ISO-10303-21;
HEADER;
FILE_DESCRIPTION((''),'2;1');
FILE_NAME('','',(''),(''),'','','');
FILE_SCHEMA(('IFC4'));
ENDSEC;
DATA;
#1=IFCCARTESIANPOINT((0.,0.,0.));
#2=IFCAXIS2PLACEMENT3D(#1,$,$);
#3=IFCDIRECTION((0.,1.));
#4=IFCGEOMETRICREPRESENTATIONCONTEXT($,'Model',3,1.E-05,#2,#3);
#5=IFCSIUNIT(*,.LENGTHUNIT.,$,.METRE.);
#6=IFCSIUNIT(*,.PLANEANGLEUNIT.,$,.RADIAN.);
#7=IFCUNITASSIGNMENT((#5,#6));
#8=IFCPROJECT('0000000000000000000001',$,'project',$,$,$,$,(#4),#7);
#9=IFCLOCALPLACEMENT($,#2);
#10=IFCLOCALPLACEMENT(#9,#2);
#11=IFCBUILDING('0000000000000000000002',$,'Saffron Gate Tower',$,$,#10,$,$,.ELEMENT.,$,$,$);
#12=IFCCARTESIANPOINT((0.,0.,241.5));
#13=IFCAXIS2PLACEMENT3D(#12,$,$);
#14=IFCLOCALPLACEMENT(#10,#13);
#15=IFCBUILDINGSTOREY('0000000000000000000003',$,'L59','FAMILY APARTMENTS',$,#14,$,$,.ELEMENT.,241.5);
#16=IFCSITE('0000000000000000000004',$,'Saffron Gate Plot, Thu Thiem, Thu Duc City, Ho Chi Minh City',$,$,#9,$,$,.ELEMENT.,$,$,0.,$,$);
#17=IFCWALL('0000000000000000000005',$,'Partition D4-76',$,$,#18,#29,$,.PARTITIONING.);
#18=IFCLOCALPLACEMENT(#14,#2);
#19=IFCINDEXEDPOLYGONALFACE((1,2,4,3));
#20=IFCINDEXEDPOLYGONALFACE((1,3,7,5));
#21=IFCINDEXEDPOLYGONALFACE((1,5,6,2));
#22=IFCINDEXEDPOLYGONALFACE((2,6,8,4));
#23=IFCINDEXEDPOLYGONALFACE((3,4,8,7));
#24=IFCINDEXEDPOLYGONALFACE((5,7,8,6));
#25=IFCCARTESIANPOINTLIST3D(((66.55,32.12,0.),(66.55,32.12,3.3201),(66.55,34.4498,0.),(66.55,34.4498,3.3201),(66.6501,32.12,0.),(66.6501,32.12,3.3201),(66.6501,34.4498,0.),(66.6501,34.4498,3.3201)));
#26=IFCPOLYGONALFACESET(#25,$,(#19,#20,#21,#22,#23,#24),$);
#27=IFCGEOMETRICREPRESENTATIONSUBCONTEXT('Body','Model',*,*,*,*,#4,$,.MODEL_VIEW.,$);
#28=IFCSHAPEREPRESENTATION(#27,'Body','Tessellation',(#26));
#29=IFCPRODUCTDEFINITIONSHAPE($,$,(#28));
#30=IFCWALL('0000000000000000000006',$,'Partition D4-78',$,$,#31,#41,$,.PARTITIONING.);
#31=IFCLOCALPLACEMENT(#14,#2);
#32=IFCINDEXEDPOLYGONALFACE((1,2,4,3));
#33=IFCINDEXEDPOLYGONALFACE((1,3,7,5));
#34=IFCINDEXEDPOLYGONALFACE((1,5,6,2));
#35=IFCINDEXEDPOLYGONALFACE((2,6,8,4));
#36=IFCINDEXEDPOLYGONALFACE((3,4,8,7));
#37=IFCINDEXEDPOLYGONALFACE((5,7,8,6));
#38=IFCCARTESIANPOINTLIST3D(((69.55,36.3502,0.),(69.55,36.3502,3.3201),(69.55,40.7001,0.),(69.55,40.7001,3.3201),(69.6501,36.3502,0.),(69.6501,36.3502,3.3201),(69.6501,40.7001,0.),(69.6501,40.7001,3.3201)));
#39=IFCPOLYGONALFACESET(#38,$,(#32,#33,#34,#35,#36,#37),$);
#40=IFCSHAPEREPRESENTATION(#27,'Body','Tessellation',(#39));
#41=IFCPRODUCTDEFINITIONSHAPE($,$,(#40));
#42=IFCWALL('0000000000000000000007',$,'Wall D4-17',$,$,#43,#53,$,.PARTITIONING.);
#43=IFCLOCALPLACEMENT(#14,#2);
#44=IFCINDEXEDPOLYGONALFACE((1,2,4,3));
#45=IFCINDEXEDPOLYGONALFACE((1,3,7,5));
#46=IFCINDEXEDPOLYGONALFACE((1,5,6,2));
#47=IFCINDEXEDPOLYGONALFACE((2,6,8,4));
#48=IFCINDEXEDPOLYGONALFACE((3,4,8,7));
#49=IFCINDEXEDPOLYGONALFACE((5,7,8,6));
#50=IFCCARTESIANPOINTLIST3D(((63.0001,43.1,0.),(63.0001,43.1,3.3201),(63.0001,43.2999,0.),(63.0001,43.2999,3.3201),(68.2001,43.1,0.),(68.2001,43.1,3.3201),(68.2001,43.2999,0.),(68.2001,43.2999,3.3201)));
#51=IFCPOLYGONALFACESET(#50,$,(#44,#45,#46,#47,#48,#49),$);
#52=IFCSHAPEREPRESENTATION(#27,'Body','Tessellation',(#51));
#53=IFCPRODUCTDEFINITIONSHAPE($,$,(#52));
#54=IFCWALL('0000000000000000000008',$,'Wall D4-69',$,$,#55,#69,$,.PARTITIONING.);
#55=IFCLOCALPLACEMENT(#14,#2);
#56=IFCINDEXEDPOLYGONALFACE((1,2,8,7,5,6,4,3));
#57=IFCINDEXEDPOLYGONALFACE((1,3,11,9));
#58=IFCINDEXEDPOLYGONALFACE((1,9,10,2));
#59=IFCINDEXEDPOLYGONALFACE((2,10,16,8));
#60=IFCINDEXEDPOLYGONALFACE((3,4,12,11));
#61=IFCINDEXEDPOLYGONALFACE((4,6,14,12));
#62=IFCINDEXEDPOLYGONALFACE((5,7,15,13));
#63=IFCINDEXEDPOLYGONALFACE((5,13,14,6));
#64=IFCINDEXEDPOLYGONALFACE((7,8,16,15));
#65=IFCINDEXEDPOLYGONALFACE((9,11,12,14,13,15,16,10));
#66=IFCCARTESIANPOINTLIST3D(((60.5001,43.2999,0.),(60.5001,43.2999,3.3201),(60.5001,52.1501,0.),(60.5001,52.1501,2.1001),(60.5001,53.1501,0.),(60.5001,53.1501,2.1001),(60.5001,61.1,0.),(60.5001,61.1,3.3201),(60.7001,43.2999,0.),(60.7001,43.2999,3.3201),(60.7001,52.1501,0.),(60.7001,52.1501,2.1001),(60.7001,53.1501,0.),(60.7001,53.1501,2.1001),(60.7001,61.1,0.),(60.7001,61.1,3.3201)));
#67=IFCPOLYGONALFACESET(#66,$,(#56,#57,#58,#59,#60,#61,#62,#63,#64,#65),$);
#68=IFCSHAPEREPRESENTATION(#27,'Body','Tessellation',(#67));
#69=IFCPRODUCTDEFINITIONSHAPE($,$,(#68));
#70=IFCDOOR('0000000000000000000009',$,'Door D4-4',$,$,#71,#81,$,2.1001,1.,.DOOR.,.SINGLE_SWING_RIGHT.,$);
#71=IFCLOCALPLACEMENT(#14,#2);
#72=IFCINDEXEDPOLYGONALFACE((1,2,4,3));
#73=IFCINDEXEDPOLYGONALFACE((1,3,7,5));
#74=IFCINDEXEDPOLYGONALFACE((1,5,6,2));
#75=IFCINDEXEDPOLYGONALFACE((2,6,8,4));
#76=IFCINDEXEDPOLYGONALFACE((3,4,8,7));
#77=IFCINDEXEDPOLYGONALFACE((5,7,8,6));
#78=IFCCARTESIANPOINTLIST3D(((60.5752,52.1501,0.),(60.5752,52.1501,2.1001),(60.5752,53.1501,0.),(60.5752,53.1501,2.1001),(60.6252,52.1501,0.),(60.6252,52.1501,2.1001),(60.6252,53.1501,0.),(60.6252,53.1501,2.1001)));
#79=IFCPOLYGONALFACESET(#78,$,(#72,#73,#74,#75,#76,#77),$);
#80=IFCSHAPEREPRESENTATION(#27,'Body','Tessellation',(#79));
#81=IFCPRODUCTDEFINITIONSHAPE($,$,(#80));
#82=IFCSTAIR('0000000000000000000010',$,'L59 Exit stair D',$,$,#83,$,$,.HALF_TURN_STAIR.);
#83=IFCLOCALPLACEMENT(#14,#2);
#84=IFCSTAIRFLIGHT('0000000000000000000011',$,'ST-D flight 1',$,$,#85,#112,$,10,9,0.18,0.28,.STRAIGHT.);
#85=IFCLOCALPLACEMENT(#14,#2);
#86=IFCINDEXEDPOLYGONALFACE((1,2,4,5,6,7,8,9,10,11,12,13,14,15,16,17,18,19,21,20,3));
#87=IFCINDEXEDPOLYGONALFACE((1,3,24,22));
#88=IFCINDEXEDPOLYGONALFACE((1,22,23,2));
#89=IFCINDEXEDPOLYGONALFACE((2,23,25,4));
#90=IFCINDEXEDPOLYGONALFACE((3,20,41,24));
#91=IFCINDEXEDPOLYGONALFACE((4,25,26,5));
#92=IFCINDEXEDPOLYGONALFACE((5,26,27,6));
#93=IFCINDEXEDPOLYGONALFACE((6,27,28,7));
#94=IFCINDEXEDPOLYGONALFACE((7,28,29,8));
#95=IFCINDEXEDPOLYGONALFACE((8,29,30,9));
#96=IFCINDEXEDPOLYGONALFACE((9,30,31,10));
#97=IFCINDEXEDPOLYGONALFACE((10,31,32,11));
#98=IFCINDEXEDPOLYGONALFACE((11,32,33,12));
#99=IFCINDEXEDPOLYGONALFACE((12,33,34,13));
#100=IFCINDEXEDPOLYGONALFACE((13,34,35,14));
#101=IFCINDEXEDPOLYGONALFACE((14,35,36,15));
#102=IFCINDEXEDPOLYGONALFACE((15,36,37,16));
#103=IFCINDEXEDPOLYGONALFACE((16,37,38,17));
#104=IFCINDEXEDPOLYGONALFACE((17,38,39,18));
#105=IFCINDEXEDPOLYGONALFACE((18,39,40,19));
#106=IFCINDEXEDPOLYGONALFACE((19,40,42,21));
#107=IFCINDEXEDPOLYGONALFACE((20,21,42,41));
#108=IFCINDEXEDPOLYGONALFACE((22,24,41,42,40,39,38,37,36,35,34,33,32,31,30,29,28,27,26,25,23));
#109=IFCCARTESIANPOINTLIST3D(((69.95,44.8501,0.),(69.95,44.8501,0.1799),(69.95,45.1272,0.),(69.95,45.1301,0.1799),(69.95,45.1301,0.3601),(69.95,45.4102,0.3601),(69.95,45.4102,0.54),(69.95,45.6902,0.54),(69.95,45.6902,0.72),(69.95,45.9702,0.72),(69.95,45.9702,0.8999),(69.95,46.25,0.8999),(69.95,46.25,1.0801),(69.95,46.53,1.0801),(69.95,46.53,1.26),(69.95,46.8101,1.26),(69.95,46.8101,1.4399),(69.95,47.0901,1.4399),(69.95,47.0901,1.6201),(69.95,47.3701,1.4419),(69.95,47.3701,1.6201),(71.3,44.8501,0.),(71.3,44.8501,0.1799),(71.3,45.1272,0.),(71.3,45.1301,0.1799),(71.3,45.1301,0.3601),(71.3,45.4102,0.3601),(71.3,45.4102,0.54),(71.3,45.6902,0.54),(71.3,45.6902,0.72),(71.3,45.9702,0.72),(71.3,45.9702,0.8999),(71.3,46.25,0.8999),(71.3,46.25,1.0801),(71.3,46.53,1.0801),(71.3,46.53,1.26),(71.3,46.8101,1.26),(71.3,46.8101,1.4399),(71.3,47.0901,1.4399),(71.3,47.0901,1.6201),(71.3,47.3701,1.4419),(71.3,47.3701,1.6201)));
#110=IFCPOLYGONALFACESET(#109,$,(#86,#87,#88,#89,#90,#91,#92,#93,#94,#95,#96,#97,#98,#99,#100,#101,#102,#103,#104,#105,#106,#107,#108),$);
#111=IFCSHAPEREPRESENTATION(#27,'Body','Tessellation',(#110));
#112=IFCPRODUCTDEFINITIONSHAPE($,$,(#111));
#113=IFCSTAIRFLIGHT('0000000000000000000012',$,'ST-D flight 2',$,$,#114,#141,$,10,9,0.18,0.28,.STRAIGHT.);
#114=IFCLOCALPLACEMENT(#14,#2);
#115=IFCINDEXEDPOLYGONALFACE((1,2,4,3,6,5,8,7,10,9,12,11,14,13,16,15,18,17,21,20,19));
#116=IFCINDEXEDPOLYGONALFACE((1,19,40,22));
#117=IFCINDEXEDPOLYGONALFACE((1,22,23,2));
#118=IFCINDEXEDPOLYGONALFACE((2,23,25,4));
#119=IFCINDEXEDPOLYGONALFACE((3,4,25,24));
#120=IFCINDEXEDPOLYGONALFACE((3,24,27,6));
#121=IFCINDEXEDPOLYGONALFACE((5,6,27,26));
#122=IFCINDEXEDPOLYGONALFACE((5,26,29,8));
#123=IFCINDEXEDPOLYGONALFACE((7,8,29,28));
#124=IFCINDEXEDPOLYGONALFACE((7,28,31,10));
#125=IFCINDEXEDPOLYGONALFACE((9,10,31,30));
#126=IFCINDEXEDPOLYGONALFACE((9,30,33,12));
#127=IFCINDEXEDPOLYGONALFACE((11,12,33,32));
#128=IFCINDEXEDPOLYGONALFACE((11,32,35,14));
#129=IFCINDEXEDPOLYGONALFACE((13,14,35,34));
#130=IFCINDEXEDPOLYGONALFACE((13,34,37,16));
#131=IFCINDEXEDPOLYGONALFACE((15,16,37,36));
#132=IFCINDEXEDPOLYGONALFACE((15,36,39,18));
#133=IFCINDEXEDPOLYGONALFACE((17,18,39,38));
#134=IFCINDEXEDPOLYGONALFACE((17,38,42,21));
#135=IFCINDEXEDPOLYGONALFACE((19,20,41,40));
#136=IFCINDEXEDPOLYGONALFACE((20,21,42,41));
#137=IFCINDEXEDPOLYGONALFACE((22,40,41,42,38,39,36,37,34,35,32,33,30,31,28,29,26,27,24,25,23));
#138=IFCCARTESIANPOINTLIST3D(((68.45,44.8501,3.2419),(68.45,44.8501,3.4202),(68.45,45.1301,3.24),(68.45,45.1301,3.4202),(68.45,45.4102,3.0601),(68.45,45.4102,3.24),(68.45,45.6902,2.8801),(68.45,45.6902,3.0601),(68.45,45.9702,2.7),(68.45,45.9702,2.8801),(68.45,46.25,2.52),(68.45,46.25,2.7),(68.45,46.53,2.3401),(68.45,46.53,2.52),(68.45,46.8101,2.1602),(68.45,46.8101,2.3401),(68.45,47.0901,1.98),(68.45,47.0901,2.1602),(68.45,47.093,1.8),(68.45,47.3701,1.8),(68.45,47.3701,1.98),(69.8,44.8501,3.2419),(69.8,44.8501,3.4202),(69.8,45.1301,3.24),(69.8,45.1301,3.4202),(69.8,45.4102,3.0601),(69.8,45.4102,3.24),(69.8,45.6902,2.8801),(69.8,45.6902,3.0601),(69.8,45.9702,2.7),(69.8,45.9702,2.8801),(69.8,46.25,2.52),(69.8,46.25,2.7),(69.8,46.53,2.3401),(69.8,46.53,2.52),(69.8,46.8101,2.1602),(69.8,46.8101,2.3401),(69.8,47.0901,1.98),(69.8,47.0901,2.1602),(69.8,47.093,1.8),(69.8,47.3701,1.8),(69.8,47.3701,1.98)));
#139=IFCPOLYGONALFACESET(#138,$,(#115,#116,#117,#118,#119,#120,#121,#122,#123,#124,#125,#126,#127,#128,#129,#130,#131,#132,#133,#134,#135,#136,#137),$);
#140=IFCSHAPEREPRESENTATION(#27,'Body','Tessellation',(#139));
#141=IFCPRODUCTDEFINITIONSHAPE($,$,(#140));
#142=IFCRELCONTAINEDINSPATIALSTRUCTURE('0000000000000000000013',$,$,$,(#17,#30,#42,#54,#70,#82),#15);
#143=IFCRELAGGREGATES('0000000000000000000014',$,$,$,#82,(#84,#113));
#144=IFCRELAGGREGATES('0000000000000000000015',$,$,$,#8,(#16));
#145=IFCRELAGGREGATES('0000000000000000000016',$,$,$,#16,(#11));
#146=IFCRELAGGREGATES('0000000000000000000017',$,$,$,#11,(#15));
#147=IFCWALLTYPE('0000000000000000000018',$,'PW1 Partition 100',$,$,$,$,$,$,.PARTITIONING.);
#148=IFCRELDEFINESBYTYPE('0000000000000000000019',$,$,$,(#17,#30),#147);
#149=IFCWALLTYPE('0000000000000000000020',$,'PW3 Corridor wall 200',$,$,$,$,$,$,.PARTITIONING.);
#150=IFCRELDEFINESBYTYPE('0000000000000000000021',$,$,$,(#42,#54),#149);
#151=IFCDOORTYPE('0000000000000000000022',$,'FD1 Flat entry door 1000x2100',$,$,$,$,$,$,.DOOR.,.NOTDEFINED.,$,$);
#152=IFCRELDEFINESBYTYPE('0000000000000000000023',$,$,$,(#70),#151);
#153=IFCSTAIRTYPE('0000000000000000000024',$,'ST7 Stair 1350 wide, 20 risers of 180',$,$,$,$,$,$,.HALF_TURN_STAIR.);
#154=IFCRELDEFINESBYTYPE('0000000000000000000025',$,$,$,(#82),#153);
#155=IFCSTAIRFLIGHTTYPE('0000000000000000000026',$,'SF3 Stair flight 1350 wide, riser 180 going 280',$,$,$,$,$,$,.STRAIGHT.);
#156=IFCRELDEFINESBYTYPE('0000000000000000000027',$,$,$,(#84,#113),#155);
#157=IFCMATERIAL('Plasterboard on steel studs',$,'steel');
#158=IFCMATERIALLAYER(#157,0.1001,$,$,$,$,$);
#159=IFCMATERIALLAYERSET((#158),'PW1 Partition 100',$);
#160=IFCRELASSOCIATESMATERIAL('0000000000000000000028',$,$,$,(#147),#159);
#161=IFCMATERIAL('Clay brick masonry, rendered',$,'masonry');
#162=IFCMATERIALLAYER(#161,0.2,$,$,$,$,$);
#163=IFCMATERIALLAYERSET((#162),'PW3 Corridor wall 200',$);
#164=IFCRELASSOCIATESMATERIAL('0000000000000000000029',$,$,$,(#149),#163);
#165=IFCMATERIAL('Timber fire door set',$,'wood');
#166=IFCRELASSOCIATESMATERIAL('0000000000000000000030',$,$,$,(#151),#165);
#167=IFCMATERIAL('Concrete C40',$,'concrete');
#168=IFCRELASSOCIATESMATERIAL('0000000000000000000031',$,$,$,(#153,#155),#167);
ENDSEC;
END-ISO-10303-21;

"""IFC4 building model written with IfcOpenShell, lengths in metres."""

from ifc_helpers import new_model, si_unit, direction, frame, frame_2d, origin, place, context, subcontext, project, spatial, polyline, rectangle, outline, extrude, material, layer, layer_set, type_object, element, fill, aggregate, save


model = new_model("IFC4")

# Units and contexts
model_context = context("Model", 3, precision=1e-05, world=origin(), true_north=direction((0.0, 1.0)))
body_context = subcontext(model_context, "Body", "Model", "MODEL_VIEW")
ifc_project = project(units=[si_unit("LENGTHUNIT", "METRE"), si_unit("PLANEANGLEUNIT", "RADIAN")], contexts=[model_context])

# Site, building, storey
site_placement = place(None, origin())
site = spatial("IfcSite", under=ifc_project, at=site_placement, Name="Saffron Gate Plot, Thu Thiem, Thu Duc City, Ho Chi Minh City", CompositionType="ELEMENT", RefElevation=0.0)
building_placement = place(site_placement, origin())
building = spatial("IfcBuilding", under=site, at=building_placement, Name="Saffron Gate Tower", CompositionType="ELEMENT")
storey_placement = place(building_placement, frame((0.0, 0.0, 241.5)))
storey = spatial("IfcBuildingStorey", under=building, at=storey_placement, Name="L59", Description="FAMILY APARTMENTS", CompositionType="ELEMENT", Elevation=241.5)

# Shared definitions
ifc_material_1 = material(Name="Plasterboard on steel studs", Category="steel")
ifc_layer_1 = layer(ifc_material_1, 0.1001)
ifc_layer_set_1 = layer_set([ifc_layer_1], Name="PW1 Partition 100")
wall_type_1 = type_object("IfcWallType", Name="PW1 Partition 100", PredefinedType="PARTITIONING", material=ifc_layer_set_1)

# Walls
wall_1_placement = place(storey_placement, frame((66.6001, 34.45, 0.0), z_axis=(0.0, 0.0, 1.0), x_axis=(0.0, -1.0, 0.0)))
element("IfcWall", 1, at=wall_1_placement, inside=storey, type_object=wall_type_1, Name="Partition D4-76", PredefinedType="PARTITIONING", context=body_context, shape_type="SweptSolid", body=[
    extrude(rectangle(XDim=2.3298, YDim=0.1001, at=frame_2d((1.165, 0.0))), origin(), (0.0, 0.0, 1.0), 3.3201),
])
wall_2_placement = place(storey_placement, frame((69.6001, 40.7, 0.0), z_axis=(0.0, 0.0, 1.0), x_axis=(0.0, -1.0, 0.0)))
element("IfcWall", 2, at=wall_2_placement, inside=storey, type_object=wall_type_1, Name="Partition D4-78", PredefinedType="PARTITIONING", context=body_context, shape_type="SweptSolid", body=[
    extrude(rectangle(XDim=4.3499, YDim=0.1001, at=frame_2d((2.1748, 0.0))), origin(), (0.0, 0.0, 1.0), 3.3201),
])
ifc_material_2 = material(Name="Clay brick masonry, rendered", Category="masonry")
ifc_layer_2 = layer(ifc_material_2, 0.2)
ifc_layer_set_2 = layer_set([ifc_layer_2], Name="PW3 Corridor wall 200")
wall_type_2 = type_object("IfcWallType", Name="PW3 Corridor wall 200", PredefinedType="PARTITIONING", material=ifc_layer_set_2)
wall_3_placement = place(storey_placement, frame((63.0, 43.2, 0.0), z_axis=(0.0, 0.0, 1.0), x_axis=(1.0, 0.0, 0.0)))
element("IfcWall", 3, at=wall_3_placement, inside=storey, type_object=wall_type_2, Name="Wall D4-17", PredefinedType="PARTITIONING", context=body_context, shape_type="SweptSolid", body=[
    extrude(rectangle(XDim=5.2, YDim=0.2, at=frame_2d((2.6001, 0.0))), origin(), (0.0, 0.0, 1.0), 3.3201),
])

# Wall, opening, door
wall_4_placement = place(storey_placement, frame((60.6001, 43.3, 0.0), z_axis=(0.0, 0.0, 1.0), x_axis=(0.0, 1.0, 0.0)))
wall_4 = element("IfcWall", 4, at=wall_4_placement, inside=storey, type_object=wall_type_2, Name="Wall D4-69", PredefinedType="PARTITIONING", context=body_context, shape_type="SweptSolid", body=[
    extrude(rectangle(XDim=17.8, YDim=0.2, at=frame_2d((8.8999, 0.0))), origin(), (0.0, 0.0, 1.0), 3.3201),
])
opening_1_placement = place(wall_4_placement, frame((8.8501, 0.0, 0.0)))
opening_1 = element("IfcOpeningElement", 5, at=opening_1_placement, cuts=wall_4, PredefinedType="OPENING", context=body_context, shape_type="SweptSolid", body=[
    extrude(rectangle(XDim=1.0, YDim=2.1001, at=frame_2d((0.5, 1.05))), frame((0.0, 0.1099, 0.0), z_axis=(0.0, -1.0, 0.0), x_axis=(1.0, 0.0, 0.0)), (0.0, 0.0, 1.0), 0.22),
])
ifc_material_3 = material(Name="Timber fire door set", Category="wood")
door_type_1 = type_object("IfcDoorType", Name="FD1 Flat entry door 1000x2100", OperationType="NOTDEFINED", PredefinedType="DOOR", material=ifc_material_3)
door_1_placement = place(opening_1_placement, origin())
door_1 = element("IfcDoor", 6, at=door_1_placement, inside=storey, type_object=door_type_1, Name="Door D4-4", OperationType="SINGLE_SWING_RIGHT", OverallHeight=2.1001, OverallWidth=1.0, PredefinedType="DOOR", context=body_context, shape_type="SweptSolid", body=[
    extrude(rectangle(XDim=1.0, YDim=2.1001, at=frame_2d((0.5, 1.05))), frame((0.0, 0.0249, 0.0), z_axis=(0.0, -1.0, 0.0), x_axis=(1.0, 0.0, 0.0)), (0.0, 0.0, 1.0), 0.05),
])
fill(opening_1, door_1)

# Stair, stair flights
ifc_material_4 = material(Name="Concrete C40", Category="concrete")
stair_type = type_object("IfcStairType", Name="ST7 Stair 1350 wide, 20 risers of 180", PredefinedType="HALF_TURN_STAIR", material=ifc_material_4)
stair_placement = place(storey_placement, origin())
stair = element("IfcStair", 7, at=stair_placement, inside=storey, type_object=stair_type, Name="L59 Exit stair D", PredefinedType="HALF_TURN_STAIR")
stair_flight_type = type_object("IfcStairFlightType", Name="SF3 Stair flight 1350 wide, riser 180 going 280", PredefinedType="STRAIGHT", material=ifc_material_4)
stair_flight_1_placement = place(storey_placement, frame((70.625, 44.8501, 0.0), z_axis=(0.0, 0.0, 1.0), x_axis=(0.0, 1.0, 0.0)))
stair_flight_1 = element("IfcStairFlight", 8, at=stair_flight_1_placement, type_object=stair_flight_type, Name="ST-D flight 1", NumberOfRisers=10, NumberOfTreads=9, PredefinedType="STRAIGHT", RiserHeight=0.18, TreadLength=0.28, context=body_context, shape_type="SweptSolid", body=[
    extrude(outline(polyline([(0.0, 0.0), (0.0, 0.1799), (0.28, 0.1799), (0.28, 0.3601), (0.5601, 0.3601), (0.5601, 0.54), (0.8401, 0.54), (0.8401, 0.72), (1.1201, 0.72), (1.1201, 0.8999), (1.3999, 0.8999), (1.3999, 1.0801), (1.6799, 1.0801), (1.6799, 1.26), (1.96, 1.26), (1.96, 1.4399), (2.24, 1.4399), (2.24, 1.6201), (2.52, 1.6201), (2.52, 1.8), (2.52, 1.4419), (0.2771, 0.0), (0.0, 0.0)])), frame((0.0, 0.675, 0.0), z_axis=(0.0, -1.0, 0.0), x_axis=(1.0, 0.0, 0.0)), (0.0, 0.0, 1.0), 1.3501),
])
stair_flight_2_placement = place(storey_placement, frame((69.125, 47.3701, 1.8), z_axis=(0.0, 0.0, 1.0), x_axis=(0.0, -1.0, 0.0)))
stair_flight_2 = element("IfcStairFlight", 9, at=stair_flight_2_placement, type_object=stair_flight_type, Name="ST-D flight 2", NumberOfRisers=10, NumberOfTreads=9, PredefinedType="STRAIGHT", RiserHeight=0.18, TreadLength=0.28, context=body_context, shape_type="SweptSolid", body=[
    extrude(outline(polyline([(0.0, 0.0), (0.0, 0.1799), (0.28, 0.1799), (0.28, 0.3601), (0.5601, 0.3601), (0.5601, 0.54), (0.8401, 0.54), (0.8401, 0.72), (1.1201, 0.72), (1.1201, 0.8999), (1.3999, 0.8999), (1.3999, 1.0801), (1.6799, 1.0801), (1.6799, 1.26), (1.96, 1.26), (1.96, 1.4399), (2.24, 1.4399), (2.24, 1.6201), (2.52, 1.6201), (2.52, 1.8), (2.52, 1.4419), (0.2771, 0.0), (0.0, 0.0)])), frame((0.0, 0.675, 0.0), z_axis=(0.0, -1.0, 0.0), x_axis=(1.0, 0.0, 0.0)), (0.0, 0.0, 1.0), 1.3501),
])
aggregate(stair, [stair_flight_1, stair_flight_2])

save(model, "model.ifc")
